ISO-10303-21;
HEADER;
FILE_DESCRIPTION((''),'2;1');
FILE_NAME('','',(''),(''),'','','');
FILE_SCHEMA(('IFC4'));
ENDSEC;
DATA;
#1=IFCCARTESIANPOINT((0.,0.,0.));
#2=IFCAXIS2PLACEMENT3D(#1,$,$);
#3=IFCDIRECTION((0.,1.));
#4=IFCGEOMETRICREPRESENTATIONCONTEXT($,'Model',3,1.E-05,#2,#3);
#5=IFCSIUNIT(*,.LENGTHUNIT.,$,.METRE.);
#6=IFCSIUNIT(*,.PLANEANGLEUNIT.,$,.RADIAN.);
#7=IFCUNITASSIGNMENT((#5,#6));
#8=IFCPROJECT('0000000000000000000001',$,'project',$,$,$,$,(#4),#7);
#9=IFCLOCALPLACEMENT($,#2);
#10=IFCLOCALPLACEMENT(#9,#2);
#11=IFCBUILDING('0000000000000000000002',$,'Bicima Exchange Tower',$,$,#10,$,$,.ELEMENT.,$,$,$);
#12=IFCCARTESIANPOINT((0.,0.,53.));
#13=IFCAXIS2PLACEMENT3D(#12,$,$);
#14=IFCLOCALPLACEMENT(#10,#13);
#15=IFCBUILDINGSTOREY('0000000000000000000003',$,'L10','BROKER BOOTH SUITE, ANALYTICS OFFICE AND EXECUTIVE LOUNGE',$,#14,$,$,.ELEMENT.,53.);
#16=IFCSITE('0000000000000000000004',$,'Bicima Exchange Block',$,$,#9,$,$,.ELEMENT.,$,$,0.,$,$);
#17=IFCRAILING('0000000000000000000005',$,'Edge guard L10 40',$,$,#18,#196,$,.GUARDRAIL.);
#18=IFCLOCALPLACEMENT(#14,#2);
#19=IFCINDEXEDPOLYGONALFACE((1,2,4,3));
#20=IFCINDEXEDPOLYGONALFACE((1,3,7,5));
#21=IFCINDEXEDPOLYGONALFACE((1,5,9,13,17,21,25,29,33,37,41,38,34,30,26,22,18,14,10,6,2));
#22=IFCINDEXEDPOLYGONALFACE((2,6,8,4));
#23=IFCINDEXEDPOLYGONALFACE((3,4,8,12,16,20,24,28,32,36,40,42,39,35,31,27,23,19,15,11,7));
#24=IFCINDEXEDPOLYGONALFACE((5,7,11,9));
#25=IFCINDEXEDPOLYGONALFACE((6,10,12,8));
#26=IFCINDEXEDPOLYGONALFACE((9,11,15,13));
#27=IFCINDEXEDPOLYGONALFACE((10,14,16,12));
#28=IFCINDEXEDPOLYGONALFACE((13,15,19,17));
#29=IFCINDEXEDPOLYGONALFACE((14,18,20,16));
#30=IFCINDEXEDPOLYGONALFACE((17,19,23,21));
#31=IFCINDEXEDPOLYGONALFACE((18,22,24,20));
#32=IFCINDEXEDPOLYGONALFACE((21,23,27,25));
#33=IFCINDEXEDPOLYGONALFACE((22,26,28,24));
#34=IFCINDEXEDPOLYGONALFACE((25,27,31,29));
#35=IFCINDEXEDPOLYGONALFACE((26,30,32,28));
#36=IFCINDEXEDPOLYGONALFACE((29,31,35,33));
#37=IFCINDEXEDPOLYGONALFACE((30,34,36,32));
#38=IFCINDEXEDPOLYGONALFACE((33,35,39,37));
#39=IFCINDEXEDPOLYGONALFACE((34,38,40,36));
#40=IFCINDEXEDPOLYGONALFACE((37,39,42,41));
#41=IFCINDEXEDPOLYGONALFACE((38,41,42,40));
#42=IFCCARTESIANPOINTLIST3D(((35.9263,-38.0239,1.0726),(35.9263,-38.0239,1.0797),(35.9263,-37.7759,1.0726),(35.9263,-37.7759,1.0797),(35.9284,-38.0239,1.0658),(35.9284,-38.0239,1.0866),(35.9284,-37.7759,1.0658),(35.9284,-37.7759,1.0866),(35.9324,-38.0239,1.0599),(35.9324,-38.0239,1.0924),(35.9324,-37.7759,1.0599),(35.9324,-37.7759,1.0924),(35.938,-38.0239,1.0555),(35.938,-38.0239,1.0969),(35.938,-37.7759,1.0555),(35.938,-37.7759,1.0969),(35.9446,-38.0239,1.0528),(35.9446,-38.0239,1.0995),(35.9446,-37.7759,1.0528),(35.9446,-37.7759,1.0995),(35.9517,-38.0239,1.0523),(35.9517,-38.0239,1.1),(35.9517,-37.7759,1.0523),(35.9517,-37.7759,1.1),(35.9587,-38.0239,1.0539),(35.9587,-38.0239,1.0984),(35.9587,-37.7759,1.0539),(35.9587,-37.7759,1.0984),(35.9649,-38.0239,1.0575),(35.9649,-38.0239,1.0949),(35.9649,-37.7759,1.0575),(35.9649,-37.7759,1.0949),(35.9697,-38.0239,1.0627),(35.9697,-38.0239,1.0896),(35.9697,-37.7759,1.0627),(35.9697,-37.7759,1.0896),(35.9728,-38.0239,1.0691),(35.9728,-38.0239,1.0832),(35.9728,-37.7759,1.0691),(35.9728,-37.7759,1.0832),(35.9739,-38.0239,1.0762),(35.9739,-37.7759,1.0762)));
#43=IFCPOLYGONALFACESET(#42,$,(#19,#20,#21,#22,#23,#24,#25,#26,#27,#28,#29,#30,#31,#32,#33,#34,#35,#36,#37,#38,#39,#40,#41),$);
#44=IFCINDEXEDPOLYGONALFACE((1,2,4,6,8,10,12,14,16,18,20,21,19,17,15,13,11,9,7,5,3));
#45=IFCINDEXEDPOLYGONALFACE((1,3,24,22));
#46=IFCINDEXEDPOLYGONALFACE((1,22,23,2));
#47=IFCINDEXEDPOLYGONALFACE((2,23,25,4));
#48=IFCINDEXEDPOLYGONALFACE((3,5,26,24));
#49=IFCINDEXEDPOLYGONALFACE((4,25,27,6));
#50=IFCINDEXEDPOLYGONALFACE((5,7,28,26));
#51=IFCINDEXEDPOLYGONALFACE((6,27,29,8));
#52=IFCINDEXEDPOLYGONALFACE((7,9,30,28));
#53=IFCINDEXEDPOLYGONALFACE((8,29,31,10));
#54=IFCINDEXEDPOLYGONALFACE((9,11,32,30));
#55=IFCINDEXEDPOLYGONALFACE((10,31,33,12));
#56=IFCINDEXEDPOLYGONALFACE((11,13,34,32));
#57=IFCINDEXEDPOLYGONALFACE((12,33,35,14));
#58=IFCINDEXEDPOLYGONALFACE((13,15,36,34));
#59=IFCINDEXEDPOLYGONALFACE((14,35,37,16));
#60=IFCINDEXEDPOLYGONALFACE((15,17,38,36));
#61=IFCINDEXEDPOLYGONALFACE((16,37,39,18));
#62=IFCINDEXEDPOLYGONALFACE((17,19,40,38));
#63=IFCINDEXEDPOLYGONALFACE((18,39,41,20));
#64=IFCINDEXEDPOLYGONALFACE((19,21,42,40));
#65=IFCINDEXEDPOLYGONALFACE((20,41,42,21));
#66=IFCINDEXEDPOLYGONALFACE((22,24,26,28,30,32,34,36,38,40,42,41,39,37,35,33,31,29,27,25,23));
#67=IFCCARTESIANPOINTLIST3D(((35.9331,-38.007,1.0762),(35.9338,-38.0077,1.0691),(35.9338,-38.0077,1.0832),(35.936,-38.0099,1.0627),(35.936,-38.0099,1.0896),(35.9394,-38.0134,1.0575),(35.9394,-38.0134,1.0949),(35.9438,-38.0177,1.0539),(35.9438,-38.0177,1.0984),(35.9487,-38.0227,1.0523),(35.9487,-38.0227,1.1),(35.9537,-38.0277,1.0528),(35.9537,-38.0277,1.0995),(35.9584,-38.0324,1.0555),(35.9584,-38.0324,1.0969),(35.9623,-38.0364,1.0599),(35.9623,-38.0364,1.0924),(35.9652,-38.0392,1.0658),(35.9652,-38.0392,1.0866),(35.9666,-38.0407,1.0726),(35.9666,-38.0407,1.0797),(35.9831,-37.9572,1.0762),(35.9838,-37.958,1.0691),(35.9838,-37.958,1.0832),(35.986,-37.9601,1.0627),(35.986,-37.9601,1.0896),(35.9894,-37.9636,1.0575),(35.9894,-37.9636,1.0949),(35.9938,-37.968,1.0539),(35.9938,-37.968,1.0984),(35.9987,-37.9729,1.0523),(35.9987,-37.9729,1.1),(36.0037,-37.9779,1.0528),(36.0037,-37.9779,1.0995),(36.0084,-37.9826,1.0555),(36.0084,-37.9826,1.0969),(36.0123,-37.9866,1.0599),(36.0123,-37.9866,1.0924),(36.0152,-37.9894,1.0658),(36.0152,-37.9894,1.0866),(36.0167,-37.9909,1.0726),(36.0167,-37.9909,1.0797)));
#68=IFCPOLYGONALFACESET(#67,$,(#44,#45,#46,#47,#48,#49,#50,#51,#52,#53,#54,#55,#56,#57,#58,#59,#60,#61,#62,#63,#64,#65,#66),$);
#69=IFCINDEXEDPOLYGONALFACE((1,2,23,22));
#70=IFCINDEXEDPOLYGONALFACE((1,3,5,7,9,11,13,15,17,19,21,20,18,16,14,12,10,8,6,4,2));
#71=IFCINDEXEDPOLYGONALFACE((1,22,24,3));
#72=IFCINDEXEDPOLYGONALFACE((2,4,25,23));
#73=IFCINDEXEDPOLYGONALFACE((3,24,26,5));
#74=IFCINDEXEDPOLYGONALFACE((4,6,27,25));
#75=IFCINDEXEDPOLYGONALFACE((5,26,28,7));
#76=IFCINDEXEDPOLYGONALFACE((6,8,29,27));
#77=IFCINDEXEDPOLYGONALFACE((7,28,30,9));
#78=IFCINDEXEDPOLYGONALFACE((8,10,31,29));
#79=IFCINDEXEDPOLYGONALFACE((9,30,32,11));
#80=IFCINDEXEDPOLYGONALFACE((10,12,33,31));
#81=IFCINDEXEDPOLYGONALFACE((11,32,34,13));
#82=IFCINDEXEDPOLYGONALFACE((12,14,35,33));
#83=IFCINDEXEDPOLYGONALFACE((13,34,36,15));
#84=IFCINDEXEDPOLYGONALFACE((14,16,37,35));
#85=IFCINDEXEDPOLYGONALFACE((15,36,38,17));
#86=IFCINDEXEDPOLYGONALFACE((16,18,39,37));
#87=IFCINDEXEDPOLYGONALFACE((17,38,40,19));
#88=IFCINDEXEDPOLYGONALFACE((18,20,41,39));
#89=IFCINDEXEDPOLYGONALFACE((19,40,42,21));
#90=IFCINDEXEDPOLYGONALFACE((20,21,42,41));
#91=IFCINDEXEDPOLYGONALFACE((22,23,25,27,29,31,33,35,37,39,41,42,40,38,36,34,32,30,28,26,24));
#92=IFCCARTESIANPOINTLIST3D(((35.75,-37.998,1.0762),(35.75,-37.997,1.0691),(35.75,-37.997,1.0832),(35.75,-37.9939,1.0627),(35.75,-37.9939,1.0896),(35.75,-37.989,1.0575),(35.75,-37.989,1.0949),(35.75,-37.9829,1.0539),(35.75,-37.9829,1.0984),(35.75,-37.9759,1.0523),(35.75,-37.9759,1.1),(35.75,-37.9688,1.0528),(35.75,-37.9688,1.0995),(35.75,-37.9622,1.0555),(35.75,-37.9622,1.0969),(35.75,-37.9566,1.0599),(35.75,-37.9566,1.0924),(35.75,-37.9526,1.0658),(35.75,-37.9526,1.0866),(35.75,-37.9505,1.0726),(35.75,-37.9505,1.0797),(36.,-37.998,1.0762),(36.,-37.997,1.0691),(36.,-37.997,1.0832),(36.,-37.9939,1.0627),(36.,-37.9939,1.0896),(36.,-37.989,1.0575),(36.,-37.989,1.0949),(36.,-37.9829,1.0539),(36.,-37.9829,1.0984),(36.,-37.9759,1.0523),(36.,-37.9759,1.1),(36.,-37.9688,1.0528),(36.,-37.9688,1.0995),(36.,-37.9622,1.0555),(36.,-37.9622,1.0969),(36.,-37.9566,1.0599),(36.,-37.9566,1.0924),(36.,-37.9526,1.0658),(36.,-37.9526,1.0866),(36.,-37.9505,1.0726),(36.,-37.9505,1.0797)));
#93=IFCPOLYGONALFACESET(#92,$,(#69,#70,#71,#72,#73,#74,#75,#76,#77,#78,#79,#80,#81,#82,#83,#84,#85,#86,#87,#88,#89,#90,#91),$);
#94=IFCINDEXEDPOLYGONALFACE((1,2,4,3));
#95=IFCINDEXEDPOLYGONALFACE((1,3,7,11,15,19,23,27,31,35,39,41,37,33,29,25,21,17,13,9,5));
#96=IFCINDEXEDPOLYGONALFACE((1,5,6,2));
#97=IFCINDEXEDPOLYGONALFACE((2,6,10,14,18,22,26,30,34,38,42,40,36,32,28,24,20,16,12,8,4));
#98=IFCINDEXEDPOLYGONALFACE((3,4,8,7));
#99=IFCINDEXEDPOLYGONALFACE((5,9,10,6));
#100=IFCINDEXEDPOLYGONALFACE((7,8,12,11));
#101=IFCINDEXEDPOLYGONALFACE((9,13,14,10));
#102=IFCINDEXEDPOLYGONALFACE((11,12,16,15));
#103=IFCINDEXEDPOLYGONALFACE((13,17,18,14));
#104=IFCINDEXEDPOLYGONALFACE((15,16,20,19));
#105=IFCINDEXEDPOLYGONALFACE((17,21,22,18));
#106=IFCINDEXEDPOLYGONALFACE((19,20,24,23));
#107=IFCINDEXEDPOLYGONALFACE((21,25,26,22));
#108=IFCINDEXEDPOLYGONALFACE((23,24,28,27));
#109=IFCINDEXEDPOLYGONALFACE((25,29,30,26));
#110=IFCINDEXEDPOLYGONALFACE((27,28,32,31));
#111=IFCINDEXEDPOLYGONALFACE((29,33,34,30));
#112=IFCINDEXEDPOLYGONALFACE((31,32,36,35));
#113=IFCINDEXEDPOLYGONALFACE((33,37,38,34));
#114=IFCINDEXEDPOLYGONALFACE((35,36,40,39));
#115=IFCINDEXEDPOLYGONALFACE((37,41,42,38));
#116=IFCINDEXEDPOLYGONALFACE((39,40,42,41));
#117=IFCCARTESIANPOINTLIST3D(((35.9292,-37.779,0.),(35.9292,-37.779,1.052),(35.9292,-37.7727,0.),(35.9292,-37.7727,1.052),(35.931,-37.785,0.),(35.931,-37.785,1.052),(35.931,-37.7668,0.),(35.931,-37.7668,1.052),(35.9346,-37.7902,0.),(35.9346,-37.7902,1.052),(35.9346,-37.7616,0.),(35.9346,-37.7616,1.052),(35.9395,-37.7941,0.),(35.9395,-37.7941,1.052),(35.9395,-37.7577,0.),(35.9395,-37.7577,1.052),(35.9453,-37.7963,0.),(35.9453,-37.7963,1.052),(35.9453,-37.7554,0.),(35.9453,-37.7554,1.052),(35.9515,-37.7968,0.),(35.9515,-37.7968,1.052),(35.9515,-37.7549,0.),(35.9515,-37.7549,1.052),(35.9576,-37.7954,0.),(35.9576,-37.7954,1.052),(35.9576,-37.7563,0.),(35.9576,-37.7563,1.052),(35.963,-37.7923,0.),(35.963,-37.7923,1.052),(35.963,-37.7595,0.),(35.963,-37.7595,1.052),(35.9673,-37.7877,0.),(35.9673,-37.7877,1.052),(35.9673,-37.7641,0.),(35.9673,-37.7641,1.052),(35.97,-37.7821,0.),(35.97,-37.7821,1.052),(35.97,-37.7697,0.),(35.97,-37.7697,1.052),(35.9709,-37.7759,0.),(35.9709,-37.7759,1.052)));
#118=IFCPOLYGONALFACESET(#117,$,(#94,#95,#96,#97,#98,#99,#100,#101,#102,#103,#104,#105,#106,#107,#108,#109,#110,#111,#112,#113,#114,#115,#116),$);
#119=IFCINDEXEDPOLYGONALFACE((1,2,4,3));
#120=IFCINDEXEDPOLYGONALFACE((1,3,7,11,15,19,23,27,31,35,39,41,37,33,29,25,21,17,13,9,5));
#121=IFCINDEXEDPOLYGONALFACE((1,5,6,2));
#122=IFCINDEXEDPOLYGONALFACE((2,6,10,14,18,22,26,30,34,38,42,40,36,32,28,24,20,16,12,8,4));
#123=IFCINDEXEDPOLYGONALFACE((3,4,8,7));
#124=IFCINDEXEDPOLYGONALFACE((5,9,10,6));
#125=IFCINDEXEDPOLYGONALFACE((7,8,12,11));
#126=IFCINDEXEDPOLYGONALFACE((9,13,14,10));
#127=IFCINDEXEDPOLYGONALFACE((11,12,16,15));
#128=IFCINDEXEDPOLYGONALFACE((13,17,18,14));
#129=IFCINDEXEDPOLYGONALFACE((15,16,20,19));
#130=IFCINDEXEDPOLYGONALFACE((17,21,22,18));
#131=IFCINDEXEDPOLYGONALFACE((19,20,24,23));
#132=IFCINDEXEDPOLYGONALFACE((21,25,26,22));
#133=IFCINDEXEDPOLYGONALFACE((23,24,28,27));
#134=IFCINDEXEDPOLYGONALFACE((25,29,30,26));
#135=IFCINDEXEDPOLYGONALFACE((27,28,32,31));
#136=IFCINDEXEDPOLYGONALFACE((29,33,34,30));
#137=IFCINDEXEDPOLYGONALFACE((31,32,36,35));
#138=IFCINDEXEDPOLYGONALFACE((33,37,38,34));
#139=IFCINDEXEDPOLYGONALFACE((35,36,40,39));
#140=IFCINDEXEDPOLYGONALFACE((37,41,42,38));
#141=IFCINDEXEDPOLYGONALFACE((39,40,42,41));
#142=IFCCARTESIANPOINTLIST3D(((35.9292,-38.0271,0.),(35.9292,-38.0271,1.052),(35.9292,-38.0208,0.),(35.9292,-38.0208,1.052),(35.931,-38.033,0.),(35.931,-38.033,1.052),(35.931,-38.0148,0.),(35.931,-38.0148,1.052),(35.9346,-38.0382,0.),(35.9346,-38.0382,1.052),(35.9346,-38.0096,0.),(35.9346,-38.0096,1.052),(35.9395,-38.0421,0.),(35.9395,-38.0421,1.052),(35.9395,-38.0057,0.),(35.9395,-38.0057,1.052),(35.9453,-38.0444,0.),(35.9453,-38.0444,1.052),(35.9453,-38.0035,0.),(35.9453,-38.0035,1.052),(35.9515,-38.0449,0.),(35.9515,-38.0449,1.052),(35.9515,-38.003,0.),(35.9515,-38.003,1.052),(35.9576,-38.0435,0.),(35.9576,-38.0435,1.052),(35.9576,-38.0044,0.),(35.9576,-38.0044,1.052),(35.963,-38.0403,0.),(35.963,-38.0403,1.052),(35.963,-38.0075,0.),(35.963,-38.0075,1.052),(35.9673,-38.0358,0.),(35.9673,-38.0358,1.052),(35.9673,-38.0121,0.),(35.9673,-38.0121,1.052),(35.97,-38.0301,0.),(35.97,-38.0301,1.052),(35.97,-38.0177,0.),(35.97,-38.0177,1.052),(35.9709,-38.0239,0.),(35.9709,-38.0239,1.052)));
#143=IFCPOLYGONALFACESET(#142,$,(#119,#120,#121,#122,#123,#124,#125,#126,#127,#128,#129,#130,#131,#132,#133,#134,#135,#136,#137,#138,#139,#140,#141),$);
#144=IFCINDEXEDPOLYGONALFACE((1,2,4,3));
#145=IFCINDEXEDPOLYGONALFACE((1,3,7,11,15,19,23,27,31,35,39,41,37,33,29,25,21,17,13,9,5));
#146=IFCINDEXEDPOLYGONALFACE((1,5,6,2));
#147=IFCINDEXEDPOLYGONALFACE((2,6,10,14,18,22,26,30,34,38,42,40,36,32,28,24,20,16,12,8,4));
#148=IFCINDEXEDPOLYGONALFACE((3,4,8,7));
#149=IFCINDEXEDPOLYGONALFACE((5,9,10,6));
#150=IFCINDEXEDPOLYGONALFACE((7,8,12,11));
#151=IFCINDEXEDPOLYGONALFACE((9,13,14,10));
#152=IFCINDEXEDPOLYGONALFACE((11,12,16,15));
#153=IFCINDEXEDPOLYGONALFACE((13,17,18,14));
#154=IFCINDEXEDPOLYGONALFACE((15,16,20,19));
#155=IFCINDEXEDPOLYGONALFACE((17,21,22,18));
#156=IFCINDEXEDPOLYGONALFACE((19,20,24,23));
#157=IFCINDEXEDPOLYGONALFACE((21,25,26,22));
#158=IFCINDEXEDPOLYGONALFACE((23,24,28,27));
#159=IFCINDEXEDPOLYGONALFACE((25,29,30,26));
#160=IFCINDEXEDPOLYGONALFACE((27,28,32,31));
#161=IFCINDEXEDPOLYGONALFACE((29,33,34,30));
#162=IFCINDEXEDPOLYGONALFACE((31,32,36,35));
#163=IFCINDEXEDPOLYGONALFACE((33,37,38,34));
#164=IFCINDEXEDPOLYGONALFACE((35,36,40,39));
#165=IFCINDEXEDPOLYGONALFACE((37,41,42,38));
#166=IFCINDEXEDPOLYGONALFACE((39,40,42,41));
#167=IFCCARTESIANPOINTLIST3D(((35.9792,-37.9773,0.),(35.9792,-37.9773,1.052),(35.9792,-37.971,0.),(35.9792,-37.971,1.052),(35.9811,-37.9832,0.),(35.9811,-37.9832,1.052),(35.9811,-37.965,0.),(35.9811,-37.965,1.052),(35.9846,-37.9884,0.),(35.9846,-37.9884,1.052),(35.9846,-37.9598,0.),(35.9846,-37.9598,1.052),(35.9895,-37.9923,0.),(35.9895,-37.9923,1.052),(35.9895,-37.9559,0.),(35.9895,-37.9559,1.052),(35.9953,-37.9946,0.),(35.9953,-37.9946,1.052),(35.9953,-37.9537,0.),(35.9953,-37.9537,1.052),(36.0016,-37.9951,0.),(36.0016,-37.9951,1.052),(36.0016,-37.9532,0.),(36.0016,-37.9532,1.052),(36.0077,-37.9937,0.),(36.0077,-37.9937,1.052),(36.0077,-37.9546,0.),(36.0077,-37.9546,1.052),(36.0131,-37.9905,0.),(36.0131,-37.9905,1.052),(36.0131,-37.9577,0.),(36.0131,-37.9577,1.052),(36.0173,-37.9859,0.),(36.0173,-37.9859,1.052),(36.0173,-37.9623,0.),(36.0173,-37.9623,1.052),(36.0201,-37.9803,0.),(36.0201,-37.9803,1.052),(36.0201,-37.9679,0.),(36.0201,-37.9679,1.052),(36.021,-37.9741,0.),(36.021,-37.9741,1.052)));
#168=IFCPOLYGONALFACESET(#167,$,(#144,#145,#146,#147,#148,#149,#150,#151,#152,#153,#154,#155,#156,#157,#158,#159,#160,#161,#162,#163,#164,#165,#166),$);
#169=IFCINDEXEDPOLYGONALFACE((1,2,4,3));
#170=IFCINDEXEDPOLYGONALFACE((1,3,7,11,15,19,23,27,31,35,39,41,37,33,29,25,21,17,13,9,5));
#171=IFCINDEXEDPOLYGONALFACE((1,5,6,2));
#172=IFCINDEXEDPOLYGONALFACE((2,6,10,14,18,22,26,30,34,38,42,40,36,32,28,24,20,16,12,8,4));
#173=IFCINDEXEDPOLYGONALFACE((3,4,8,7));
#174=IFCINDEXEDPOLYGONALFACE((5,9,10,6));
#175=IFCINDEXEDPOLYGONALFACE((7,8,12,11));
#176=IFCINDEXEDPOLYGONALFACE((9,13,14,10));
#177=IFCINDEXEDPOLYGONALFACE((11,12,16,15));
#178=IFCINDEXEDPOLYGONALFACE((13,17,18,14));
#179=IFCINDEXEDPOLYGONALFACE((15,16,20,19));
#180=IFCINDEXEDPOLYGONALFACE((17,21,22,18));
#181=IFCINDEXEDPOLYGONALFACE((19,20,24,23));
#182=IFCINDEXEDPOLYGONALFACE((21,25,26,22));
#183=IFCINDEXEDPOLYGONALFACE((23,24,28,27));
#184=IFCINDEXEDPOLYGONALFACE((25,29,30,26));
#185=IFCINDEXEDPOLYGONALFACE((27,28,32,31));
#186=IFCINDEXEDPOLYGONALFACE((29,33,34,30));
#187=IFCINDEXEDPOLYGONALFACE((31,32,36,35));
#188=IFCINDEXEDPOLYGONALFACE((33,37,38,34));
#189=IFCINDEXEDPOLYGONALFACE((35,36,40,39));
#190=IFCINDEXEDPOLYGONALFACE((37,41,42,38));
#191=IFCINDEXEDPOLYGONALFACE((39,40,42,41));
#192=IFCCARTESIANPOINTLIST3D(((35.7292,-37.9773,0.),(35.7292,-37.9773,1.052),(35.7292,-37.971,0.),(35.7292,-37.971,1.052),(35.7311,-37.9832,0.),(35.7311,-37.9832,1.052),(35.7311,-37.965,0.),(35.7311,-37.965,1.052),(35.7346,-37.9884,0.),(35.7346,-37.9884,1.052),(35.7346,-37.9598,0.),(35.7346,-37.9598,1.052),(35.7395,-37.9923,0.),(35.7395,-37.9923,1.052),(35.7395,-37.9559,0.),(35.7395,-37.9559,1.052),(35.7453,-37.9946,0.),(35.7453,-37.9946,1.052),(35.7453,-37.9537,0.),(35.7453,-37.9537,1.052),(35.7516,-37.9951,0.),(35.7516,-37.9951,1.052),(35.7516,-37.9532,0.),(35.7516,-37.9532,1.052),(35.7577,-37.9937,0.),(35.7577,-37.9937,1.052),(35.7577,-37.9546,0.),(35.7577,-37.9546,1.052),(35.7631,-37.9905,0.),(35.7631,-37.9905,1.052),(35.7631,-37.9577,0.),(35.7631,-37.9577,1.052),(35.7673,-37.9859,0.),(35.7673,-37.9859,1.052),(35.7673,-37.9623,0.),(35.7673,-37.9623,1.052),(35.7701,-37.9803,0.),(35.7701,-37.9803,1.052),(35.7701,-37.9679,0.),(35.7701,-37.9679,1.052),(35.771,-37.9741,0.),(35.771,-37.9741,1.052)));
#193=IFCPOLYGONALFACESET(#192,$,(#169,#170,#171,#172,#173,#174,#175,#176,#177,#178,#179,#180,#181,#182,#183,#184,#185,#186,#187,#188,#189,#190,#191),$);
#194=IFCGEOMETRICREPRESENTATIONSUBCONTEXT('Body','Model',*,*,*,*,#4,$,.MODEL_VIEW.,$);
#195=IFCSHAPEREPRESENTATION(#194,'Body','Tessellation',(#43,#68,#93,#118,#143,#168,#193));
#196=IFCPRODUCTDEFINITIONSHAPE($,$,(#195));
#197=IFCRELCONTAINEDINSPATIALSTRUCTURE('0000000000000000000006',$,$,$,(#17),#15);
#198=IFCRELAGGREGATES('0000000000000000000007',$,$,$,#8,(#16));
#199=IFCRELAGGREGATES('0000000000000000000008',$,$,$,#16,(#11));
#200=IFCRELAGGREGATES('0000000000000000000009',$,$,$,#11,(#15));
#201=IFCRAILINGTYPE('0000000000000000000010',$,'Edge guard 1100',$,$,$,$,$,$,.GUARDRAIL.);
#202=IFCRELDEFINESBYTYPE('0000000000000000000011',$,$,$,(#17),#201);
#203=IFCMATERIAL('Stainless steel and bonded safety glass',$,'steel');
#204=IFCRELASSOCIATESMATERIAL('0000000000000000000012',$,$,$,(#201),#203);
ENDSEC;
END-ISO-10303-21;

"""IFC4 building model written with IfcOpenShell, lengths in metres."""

from ifc_helpers import new_model, si_unit, direction, frame, origin, origin_2d, place, context, subcontext, project, spatial, circle, extrude, material, type_object, element, save


model = new_model("IFC4")

# Units and contexts
model_context = context("Model", 3, precision=1e-05, world=origin(), true_north=direction((0.0, 1.0)))
body_context = subcontext(model_context, "Body", "Model", "MODEL_VIEW")
ifc_project = project(units=[si_unit("LENGTHUNIT", "METRE"), si_unit("PLANEANGLEUNIT", "RADIAN")], contexts=[model_context])

# Site, building, storey
site_placement = place(None, origin())
site = spatial("IfcSite", under=ifc_project, at=site_placement, Name="Bicima Exchange Block", CompositionType="ELEMENT", RefElevation=0.0)
building_placement = place(site_placement, origin())
building = spatial("IfcBuilding", under=site, at=building_placement, Name="Bicima Exchange Tower", CompositionType="ELEMENT")
storey_placement = place(building_placement, frame((0.0, 0.0, 53.0)))
storey = spatial("IfcBuildingStorey", under=building, at=storey_placement, Name="L10", Description="BROKER BOOTH SUITE, ANALYTICS OFFICE AND EXECUTIVE LOUNGE", CompositionType="ELEMENT", Elevation=53.0)

# Railing
ifc_material_1 = material(Name="Stainless steel and bonded safety glass", Category="steel")
railing_type = type_object("IfcRailingType", Name="Edge guard 1100", PredefinedType="GUARDRAIL", material=ifc_material_1)
railing_placement = place(storey_placement, frame((35.95, -37.7759, 0.0)))
element("IfcRailing", 1, at=railing_placement, inside=storey, type_object=railing_type, Name="Edge guard L10 40", PredefinedType="GUARDRAIL", context=body_context, shape_type="SweptSolid", body=[
    extrude(circle(Radius=0.0239, at=origin_2d()), frame((0.0, 0.0, 1.0762), z_axis=(0.0, -1.0, 0.0), x_axis=(1.0, 0.0, 0.0)), (0.0, 0.0, 1.0), 0.248),
    extrude(circle(Radius=0.0239, at=origin_2d()), frame((0.0, -0.248, 1.0762), z_axis=(0.708834, 0.705376, 0.0), x_axis=(-0.705376, 0.708834, 0.0)), (0.0, 0.0, 1.0), 0.0706),
    extrude(circle(Radius=0.0239, at=origin_2d()), frame((0.05, -0.1982, 1.0762), z_axis=(-1.0, 0.0, 0.0), x_axis=(0.0, -1.0, 0.0)), (0.0, 0.0, 1.0), 0.25),
    extrude(circle(Radius=0.021, at=origin_2d()), origin(), (0.0, 0.0, 1.0), 1.052),
    extrude(circle(Radius=0.021, at=origin_2d()), frame((0.0, -0.248, 0.0)), (0.0, 0.0, 1.0), 1.052),
    extrude(circle(Radius=0.021, at=origin_2d()), frame((0.05, -0.1982, 0.0)), (0.0, 0.0, 1.0), 1.052),
    extrude(circle(Radius=0.021, at=origin_2d()), frame((-0.2, -0.1982, 0.0)), (0.0, 0.0, 1.0), 1.052),
])

save(model, "model.ifc")
